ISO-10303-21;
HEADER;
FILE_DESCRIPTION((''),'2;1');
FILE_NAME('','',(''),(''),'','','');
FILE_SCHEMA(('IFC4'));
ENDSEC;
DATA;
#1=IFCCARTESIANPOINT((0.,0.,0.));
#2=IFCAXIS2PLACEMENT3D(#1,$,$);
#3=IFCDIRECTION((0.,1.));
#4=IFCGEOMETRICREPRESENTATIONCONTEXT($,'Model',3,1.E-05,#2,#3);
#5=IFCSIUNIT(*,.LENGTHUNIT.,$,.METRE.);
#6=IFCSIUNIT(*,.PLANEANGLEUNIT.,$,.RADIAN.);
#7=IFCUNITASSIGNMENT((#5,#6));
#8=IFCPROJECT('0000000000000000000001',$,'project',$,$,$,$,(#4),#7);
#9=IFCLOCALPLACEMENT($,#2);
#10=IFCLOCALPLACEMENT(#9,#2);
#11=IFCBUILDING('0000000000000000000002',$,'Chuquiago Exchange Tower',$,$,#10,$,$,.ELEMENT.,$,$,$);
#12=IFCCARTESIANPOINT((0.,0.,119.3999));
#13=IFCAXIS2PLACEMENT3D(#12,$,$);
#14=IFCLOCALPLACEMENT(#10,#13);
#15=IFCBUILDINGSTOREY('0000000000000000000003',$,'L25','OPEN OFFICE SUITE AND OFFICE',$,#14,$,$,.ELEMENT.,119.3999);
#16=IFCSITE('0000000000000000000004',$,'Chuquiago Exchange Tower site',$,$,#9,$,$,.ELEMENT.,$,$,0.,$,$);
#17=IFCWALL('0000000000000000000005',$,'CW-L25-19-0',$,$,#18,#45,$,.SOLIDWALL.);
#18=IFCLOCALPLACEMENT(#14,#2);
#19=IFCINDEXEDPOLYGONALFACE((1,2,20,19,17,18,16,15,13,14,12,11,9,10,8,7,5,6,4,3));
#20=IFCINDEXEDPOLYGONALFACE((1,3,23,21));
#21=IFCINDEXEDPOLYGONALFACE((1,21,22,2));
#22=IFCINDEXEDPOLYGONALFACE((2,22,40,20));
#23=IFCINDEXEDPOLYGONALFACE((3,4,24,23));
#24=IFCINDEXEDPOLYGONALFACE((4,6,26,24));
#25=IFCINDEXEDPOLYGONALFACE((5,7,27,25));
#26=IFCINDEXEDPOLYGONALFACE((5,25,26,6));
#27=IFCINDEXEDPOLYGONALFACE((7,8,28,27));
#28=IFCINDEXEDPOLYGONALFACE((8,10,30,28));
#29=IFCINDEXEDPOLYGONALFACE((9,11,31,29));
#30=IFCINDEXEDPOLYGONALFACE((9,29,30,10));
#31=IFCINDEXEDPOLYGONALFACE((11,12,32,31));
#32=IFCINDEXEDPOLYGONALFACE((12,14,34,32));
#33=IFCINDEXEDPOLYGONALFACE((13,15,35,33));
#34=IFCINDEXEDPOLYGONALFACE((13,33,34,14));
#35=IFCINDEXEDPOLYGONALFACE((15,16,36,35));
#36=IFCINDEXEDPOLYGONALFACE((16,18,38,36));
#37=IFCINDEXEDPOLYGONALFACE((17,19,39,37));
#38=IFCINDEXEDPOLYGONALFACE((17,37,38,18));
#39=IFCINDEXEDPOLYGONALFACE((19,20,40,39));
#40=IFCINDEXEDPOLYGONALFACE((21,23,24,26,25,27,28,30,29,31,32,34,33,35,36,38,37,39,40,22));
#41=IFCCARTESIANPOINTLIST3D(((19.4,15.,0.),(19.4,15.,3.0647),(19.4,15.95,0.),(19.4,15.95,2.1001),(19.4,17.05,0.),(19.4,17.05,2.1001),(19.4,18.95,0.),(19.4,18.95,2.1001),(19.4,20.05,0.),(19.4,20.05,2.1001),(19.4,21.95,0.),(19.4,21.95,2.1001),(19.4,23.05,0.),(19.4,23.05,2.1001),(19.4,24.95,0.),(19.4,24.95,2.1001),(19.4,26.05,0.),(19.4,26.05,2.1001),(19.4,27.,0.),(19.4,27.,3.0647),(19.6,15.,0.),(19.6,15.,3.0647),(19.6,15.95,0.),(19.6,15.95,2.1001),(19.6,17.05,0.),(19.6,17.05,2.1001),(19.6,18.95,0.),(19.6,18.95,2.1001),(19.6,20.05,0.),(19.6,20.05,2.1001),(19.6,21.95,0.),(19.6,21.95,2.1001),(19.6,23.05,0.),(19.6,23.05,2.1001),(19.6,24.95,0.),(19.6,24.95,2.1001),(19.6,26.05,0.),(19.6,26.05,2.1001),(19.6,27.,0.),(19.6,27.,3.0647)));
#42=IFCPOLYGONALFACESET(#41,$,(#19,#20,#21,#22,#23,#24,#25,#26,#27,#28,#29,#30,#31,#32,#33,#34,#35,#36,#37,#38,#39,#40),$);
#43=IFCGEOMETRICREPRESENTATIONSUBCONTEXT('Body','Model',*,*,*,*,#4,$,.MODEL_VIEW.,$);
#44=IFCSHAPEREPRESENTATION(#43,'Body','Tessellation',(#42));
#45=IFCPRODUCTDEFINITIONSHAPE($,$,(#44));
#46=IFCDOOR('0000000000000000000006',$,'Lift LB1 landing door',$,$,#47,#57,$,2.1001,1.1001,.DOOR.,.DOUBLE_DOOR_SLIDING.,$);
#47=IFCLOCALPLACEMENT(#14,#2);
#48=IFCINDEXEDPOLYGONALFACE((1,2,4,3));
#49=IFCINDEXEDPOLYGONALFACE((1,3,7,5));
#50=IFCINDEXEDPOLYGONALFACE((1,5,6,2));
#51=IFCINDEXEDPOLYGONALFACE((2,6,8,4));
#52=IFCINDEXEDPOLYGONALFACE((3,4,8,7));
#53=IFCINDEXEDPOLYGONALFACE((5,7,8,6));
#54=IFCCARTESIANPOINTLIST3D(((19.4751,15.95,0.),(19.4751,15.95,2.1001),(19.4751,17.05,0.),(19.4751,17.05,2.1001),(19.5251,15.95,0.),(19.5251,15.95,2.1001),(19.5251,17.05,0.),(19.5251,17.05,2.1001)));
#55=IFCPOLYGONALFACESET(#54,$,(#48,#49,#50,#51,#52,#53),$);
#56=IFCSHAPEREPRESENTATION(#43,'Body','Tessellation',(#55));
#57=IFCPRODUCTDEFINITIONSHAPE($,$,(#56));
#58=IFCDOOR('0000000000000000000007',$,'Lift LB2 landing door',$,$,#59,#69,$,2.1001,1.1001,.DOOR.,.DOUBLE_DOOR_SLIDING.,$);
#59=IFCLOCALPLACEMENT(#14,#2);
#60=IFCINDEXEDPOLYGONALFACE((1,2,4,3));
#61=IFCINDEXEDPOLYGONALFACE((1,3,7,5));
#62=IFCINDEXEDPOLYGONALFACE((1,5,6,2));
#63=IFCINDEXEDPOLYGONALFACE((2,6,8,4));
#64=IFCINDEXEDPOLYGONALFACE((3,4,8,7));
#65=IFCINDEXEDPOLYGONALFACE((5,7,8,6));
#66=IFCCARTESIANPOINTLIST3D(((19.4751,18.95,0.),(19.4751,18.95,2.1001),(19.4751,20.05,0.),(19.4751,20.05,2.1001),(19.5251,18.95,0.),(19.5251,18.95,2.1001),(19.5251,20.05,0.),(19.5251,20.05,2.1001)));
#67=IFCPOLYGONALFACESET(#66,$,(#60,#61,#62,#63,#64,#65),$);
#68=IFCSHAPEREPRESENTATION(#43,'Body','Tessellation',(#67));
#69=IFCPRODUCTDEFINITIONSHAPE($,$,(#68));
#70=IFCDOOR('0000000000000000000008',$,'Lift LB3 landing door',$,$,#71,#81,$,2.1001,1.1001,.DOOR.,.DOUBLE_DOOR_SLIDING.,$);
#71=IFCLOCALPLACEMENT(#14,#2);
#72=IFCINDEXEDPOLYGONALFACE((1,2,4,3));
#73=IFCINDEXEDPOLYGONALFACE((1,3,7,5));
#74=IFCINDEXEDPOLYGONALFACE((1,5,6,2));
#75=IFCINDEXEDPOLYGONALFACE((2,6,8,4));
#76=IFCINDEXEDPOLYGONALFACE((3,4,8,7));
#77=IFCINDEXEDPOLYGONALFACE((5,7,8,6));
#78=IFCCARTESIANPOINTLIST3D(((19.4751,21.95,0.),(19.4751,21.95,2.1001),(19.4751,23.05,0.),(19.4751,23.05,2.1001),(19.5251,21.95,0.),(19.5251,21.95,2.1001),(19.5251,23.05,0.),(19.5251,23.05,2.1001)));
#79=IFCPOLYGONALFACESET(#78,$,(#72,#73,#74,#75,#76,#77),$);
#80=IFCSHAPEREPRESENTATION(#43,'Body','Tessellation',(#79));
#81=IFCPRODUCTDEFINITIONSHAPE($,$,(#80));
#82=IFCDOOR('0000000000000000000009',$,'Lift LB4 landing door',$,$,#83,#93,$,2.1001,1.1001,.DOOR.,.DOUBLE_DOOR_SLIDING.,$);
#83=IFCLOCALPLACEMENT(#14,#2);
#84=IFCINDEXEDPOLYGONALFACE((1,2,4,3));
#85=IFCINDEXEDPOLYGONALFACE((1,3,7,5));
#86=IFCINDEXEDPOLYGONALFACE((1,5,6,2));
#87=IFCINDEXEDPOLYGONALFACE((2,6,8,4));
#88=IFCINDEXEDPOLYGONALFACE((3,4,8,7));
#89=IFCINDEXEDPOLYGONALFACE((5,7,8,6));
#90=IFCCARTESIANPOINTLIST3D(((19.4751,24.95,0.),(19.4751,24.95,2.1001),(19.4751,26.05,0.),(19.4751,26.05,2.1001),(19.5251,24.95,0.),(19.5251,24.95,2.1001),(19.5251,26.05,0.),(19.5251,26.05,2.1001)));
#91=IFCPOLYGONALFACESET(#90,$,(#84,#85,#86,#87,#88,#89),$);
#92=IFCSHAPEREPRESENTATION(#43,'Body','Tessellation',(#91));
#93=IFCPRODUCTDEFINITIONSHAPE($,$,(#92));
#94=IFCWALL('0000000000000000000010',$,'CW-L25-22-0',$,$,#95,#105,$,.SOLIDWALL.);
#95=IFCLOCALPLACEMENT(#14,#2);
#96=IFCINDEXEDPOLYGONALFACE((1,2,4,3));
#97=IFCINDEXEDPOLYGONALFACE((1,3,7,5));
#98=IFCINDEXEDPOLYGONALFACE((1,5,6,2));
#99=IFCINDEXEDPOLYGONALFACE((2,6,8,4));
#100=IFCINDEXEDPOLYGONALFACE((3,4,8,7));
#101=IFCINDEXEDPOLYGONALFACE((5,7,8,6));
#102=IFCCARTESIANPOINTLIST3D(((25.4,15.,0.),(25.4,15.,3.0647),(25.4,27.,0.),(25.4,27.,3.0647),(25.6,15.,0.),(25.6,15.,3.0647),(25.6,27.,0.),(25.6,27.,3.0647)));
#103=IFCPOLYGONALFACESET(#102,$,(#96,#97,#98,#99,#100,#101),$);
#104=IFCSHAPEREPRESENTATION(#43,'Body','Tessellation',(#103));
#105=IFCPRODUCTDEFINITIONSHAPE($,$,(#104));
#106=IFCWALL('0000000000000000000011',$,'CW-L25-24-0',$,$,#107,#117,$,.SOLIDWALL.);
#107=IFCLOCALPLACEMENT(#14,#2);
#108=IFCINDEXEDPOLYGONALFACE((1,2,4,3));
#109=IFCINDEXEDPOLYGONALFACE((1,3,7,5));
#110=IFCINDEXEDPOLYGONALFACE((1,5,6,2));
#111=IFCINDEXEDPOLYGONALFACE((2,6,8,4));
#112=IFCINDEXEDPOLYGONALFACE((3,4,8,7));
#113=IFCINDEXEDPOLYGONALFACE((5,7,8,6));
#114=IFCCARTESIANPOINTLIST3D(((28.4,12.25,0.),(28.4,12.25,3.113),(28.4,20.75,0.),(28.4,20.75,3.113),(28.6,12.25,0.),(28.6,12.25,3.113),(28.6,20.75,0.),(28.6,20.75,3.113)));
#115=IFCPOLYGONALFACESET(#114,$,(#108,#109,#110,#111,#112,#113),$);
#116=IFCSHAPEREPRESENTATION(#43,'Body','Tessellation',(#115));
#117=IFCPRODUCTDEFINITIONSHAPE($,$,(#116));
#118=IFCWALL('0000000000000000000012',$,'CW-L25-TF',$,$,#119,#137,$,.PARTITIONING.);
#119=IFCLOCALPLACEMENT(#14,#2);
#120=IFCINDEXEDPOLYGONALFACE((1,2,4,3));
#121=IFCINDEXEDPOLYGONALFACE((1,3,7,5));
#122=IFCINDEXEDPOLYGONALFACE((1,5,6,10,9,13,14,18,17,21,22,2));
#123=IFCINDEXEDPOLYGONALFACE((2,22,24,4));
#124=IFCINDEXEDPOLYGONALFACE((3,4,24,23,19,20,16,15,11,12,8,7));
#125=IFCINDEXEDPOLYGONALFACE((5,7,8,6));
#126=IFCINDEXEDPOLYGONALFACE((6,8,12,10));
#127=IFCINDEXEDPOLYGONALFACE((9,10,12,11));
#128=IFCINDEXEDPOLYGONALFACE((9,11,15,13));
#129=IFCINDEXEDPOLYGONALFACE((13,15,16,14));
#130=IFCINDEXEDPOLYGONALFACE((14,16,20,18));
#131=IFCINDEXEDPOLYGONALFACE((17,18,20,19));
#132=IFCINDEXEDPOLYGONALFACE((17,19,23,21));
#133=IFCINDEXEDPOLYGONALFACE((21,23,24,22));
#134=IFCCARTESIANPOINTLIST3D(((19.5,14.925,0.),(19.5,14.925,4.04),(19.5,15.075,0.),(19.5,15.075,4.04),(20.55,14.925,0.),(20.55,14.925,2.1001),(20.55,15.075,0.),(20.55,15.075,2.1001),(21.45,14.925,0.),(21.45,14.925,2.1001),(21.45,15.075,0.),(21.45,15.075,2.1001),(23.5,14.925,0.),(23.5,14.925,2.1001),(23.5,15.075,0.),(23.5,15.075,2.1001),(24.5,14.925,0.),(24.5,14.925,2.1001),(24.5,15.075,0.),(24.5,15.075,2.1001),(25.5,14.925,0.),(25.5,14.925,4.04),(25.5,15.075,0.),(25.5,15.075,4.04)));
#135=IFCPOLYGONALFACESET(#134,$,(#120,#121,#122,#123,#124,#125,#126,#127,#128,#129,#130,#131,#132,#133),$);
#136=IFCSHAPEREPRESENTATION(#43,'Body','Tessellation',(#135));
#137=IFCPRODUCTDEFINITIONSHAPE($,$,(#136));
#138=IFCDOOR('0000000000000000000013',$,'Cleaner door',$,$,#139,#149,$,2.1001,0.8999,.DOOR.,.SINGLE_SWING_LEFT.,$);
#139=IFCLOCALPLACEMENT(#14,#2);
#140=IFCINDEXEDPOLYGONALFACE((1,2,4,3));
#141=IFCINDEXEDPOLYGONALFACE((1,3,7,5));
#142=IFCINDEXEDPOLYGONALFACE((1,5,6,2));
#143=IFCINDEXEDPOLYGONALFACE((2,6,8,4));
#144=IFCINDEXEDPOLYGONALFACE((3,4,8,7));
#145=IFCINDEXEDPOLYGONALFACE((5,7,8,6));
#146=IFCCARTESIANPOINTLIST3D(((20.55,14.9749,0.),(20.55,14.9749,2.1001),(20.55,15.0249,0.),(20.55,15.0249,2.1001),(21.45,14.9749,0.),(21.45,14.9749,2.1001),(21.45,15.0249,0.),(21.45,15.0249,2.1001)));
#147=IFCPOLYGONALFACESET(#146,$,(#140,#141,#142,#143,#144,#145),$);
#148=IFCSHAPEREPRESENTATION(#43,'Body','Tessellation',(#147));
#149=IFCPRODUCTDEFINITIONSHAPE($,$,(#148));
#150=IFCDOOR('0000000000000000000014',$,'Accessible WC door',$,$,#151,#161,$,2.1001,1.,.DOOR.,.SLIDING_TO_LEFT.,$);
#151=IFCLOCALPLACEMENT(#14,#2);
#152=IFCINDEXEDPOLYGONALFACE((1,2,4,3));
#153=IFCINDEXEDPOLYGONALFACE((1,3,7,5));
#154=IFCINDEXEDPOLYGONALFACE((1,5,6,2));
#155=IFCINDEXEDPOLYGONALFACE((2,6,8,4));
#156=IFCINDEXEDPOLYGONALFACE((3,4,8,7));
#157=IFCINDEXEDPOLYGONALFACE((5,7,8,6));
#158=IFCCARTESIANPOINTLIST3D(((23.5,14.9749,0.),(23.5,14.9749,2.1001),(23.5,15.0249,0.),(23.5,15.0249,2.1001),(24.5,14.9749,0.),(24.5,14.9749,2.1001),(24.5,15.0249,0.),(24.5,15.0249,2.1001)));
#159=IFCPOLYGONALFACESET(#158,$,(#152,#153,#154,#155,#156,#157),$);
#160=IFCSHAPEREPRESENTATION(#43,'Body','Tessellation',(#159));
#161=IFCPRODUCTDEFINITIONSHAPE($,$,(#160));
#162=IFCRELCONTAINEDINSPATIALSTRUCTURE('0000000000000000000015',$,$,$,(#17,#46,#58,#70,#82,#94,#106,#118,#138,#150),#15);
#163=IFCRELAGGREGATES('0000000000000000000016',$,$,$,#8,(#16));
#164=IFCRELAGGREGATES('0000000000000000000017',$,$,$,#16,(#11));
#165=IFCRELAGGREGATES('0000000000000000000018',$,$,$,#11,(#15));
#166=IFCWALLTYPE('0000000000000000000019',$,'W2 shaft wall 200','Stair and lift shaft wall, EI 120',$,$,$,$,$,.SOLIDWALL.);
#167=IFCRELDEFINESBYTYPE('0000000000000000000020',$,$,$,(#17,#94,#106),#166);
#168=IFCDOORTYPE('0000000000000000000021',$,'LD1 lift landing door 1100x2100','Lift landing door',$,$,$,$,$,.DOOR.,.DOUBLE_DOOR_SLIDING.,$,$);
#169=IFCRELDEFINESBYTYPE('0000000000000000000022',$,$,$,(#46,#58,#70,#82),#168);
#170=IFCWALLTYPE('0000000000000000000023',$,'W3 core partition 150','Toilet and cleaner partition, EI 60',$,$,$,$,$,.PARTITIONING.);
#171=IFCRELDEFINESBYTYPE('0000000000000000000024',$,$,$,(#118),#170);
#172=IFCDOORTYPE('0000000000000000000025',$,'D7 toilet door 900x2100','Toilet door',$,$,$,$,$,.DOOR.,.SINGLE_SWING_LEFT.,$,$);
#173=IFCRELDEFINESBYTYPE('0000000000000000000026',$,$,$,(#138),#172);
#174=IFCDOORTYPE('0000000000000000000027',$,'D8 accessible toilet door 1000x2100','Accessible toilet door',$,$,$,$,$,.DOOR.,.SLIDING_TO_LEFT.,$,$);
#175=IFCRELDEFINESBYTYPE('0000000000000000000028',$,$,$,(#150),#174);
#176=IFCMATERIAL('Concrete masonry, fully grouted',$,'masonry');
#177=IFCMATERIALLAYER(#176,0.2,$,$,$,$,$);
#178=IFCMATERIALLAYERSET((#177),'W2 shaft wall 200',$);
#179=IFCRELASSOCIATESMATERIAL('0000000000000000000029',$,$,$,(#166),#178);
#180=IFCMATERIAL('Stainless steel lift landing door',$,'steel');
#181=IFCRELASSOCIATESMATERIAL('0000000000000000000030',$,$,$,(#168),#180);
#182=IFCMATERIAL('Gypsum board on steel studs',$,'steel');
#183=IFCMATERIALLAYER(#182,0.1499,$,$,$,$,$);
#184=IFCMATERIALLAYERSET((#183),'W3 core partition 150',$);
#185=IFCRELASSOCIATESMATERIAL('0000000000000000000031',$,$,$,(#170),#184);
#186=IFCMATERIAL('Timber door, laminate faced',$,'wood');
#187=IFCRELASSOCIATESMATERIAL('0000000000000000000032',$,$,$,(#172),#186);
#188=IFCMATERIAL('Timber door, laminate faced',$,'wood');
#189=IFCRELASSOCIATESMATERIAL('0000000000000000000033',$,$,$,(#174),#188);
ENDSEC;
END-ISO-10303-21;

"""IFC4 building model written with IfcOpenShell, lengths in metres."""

from ifc_helpers import new_model, si_unit, direction, frame, frame_2d, origin, place, context, subcontext, project, spatial, rectangle, extrude, material, layer, layer_set, type_object, element, fill, save


model = new_model("IFC4")

# Units and contexts
model_context = context("Model", 3, precision=1e-05, world=origin(), true_north=direction((0.0, 1.0)))
body_context = subcontext(model_context, "Body", "Model", "MODEL_VIEW")
ifc_project = project(units=[si_unit("LENGTHUNIT", "METRE"), si_unit("PLANEANGLEUNIT", "RADIAN")], contexts=[model_context])

# Site, building, storey
site_placement = place(None, origin())
site = spatial("IfcSite", under=ifc_project, at=site_placement, Name="Chuquiago Exchange Tower site", CompositionType="ELEMENT", RefElevation=0.0)
building_placement = place(site_placement, origin())
building = spatial("IfcBuilding", under=site, at=building_placement, Name="Chuquiago Exchange Tower", CompositionType="ELEMENT")
storey_placement = place(building_placement, frame((0.0, 0.0, 119.3999)))
storey = spatial("IfcBuildingStorey", under=building, at=storey_placement, Name="L25", Description="OPEN OFFICE SUITE AND OFFICE", CompositionType="ELEMENT", Elevation=119.3999)

# Shared definitions
ifc_material_1 = material(Name="Concrete masonry, fully grouted", Category="masonry")
ifc_layer_1 = layer(ifc_material_1, 0.2)
ifc_layer_set_1 = layer_set([ifc_layer_1], Name="W2 shaft wall 200")
wall_type_1 = type_object("IfcWallType", Name="W2 shaft wall 200", Description="Stair and lift shaft wall, EI 120", PredefinedType="SOLIDWALL", material=ifc_layer_set_1)

# Wall, openings, doors
wall_1_placement = place(storey_placement, frame((19.5, 15.0, 0.0), z_axis=(0.0, 0.0, 1.0), x_axis=(0.0, 1.0, 0.0)))
wall_1 = element("IfcWall", 1, at=wall_1_placement, inside=storey, type_object=wall_type_1, Name="CW-L25-19-0", PredefinedType="SOLIDWALL", context=body_context, shape_type="SweptSolid", body=[
    extrude(rectangle(XDim=12.0, YDim=0.2, at=frame_2d((6.0, 0.0))), origin(), (0.0, 0.0, 1.0), 3.0647),
])
opening_1_placement = place(wall_1_placement, frame((0.95, 0.0, 0.0)))
opening_1 = element("IfcOpeningElement", 2, at=opening_1_placement, cuts=wall_1, PredefinedType="OPENING", context=body_context, shape_type="SweptSolid", body=[
    extrude(rectangle(XDim=1.1001, YDim=2.1001, at=frame_2d((0.55, 1.05))), frame((0.0, 0.1099, 0.0), z_axis=(0.0, -1.0, 0.0), x_axis=(1.0, 0.0, 0.0)), (0.0, 0.0, 1.0), 0.22),
])
opening_2_placement = place(wall_1_placement, frame((3.95, 0.0, 0.0)))
opening_2 = element("IfcOpeningElement", 3, at=opening_2_placement, cuts=wall_1, PredefinedType="OPENING", context=body_context, shape_type="SweptSolid", body=[
    extrude(rectangle(XDim=1.1001, YDim=2.1001, at=frame_2d((0.55, 1.05))), frame((0.0, 0.1099, 0.0), z_axis=(0.0, -1.0, 0.0), x_axis=(1.0, 0.0, 0.0)), (0.0, 0.0, 1.0), 0.22),
])
opening_3_placement = place(wall_1_placement, frame((6.95, 0.0, 0.0)))
opening_3 = element("IfcOpeningElement", 4, at=opening_3_placement, cuts=wall_1, PredefinedType="OPENING", context=body_context, shape_type="SweptSolid", body=[
    extrude(rectangle(XDim=1.1001, YDim=2.1001, at=frame_2d((0.55, 1.05))), frame((0.0, 0.1099, 0.0), z_axis=(0.0, -1.0, 0.0), x_axis=(1.0, 0.0, 0.0)), (0.0, 0.0, 1.0), 0.22),
])
opening_4_placement = place(wall_1_placement, frame((9.95, 0.0, 0.0)))
opening_4 = element("IfcOpeningElement", 5, at=opening_4_placement, cuts=wall_1, PredefinedType="OPENING", context=body_context, shape_type="SweptSolid", body=[
    extrude(rectangle(XDim=1.1001, YDim=2.1001, at=frame_2d((0.55, 1.05))), frame((0.0, 0.1099, 0.0), z_axis=(0.0, -1.0, 0.0), x_axis=(1.0, 0.0, 0.0)), (0.0, 0.0, 1.0), 0.22),
])
ifc_material_2 = material(Name="Stainless steel lift landing door", Category="steel")
door_type_1 = type_object("IfcDoorType", Name="LD1 lift landing door 1100x2100", Description="Lift landing door", OperationType="DOUBLE_DOOR_SLIDING", PredefinedType="DOOR", material=ifc_material_2)
door_1_placement = place(opening_1_placement, origin())
door_1 = element("IfcDoor", 6, at=door_1_placement, inside=storey, type_object=door_type_1, Name="Lift LB1 landing door", OperationType="DOUBLE_DOOR_SLIDING", OverallHeight=2.1001, OverallWidth=1.1001, PredefinedType="DOOR", context=body_context, shape_type="SweptSolid", body=[
    extrude(rectangle(XDim=1.1001, YDim=2.1001, at=frame_2d((0.55, 1.05))), frame((0.0, 0.0249, 0.0), z_axis=(0.0, -1.0, 0.0), x_axis=(1.0, 0.0, 0.0)), (0.0, 0.0, 1.0), 0.05),
])
fill(opening_1, door_1)
door_2_placement = place(opening_2_placement, origin())
door_2 = element("IfcDoor", 7, at=door_2_placement, inside=storey, type_object=door_type_1, Name="Lift LB2 landing door", OperationType="DOUBLE_DOOR_SLIDING", OverallHeight=2.1001, OverallWidth=1.1001, PredefinedType="DOOR", context=body_context, shape_type="SweptSolid", body=[
    extrude(rectangle(XDim=1.1001, YDim=2.1001, at=frame_2d((0.55, 1.05))), frame((0.0, 0.0249, 0.0), z_axis=(0.0, -1.0, 0.0), x_axis=(1.0, 0.0, 0.0)), (0.0, 0.0, 1.0), 0.05),
])
fill(opening_2, door_2)
door_3_placement = place(opening_3_placement, origin())
door_3 = element("IfcDoor", 8, at=door_3_placement, inside=storey, type_object=door_type_1, Name="Lift LB3 landing door", OperationType="DOUBLE_DOOR_SLIDING", OverallHeight=2.1001, OverallWidth=1.1001, PredefinedType="DOOR", context=body_context, shape_type="SweptSolid", body=[
    extrude(rectangle(XDim=1.1001, YDim=2.1001, at=frame_2d((0.55, 1.05))), frame((0.0, 0.0249, 0.0), z_axis=(0.0, -1.0, 0.0), x_axis=(1.0, 0.0, 0.0)), (0.0, 0.0, 1.0), 0.05),
])
fill(opening_3, door_3)
door_4_placement = place(opening_4_placement, origin())
door_4 = element("IfcDoor", 9, at=door_4_placement, inside=storey, type_object=door_type_1, Name="Lift LB4 landing door", OperationType="DOUBLE_DOOR_SLIDING", OverallHeight=2.1001, OverallWidth=1.1001, PredefinedType="DOOR", context=body_context, shape_type="SweptSolid", body=[
    extrude(rectangle(XDim=1.1001, YDim=2.1001, at=frame_2d((0.55, 1.05))), frame((0.0, 0.0249, 0.0), z_axis=(0.0, -1.0, 0.0), x_axis=(1.0, 0.0, 0.0)), (0.0, 0.0, 1.0), 0.05),
])
fill(opening_4, door_4)

# Walls
wall_2_placement = place(storey_placement, frame((25.5, 15.0, 0.0), z_axis=(0.0, 0.0, 1.0), x_axis=(0.0, 1.0, 0.0)))
element("IfcWall", 10, at=wall_2_placement, inside=storey, type_object=wall_type_1, Name="CW-L25-22-0", PredefinedType="SOLIDWALL", context=body_context, shape_type="SweptSolid", body=[
    extrude(rectangle(XDim=12.0, YDim=0.2, at=frame_2d((6.0, 0.0))), origin(), (0.0, 0.0, 1.0), 3.0647),
])
wall_3_placement = place(storey_placement, frame((28.5, 12.25, 0.0), z_axis=(0.0, 0.0, 1.0), x_axis=(0.0, 1.0, 0.0)))
element("IfcWall", 11, at=wall_3_placement, inside=storey, type_object=wall_type_1, Name="CW-L25-24-0", PredefinedType="SOLIDWALL", context=body_context, shape_type="SweptSolid", body=[
    extrude(rectangle(XDim=8.5, YDim=0.2, at=frame_2d((4.25, 0.0))), origin(), (0.0, 0.0, 1.0), 3.113),
])

# Wall, openings, doors
ifc_material_3 = material(Name="Gypsum board on steel studs", Category="steel")
ifc_layer_2 = layer(ifc_material_3, 0.1499)
ifc_layer_set_2 = layer_set([ifc_layer_2], Name="W3 core partition 150")
wall_type_2 = type_object("IfcWallType", Name="W3 core partition 150", Description="Toilet and cleaner partition, EI 60", PredefinedType="PARTITIONING", material=ifc_layer_set_2)
wall_4_placement = place(storey_placement, frame((19.5, 15.0, 0.0), z_axis=(0.0, 0.0, 1.0), x_axis=(1.0, 0.0, 0.0)))
wall_4 = element("IfcWall", 12, at=wall_4_placement, inside=storey, type_object=wall_type_2, Name="CW-L25-TF", PredefinedType="PARTITIONING", context=body_context, shape_type="SweptSolid", body=[
    extrude(rectangle(XDim=6.0, YDim=0.1499, at=frame_2d((3.0, 0.0))), origin(), (0.0, 0.0, 1.0), 4.04),
])
opening_5_placement = place(wall_4_placement, frame((4.0, 0.0, 0.0)))
opening_5 = element("IfcOpeningElement", 13, at=opening_5_placement, cuts=wall_4, PredefinedType="OPENING", context=body_context, shape_type="SweptSolid", body=[
    extrude(rectangle(XDim=1.0, YDim=2.1001, at=frame_2d((0.5, 1.05))), frame((0.0, 0.085, 0.0), z_axis=(0.0, -1.0, 0.0), x_axis=(1.0, 0.0, 0.0)), (0.0, 0.0, 1.0), 0.1699),
])
opening_6_placement = place(wall_4_placement, frame((1.05, 0.0, 0.0)))
opening_6 = element("IfcOpeningElement", 14, at=opening_6_placement, cuts=wall_4, PredefinedType="OPENING", context=body_context, shape_type="SweptSolid", body=[
    extrude(rectangle(XDim=0.8999, YDim=2.1001, at=frame_2d((0.45, 1.05))), frame((0.0, 0.085, 0.0), z_axis=(0.0, -1.0, 0.0), x_axis=(1.0, 0.0, 0.0)), (0.0, 0.0, 1.0), 0.1699),
])
ifc_material_4 = material(Name="Timber door, laminate faced", Category="wood")
door_type_2 = type_object("IfcDoorType", Name="D7 toilet door 900x2100", Description="Toilet door", OperationType="SINGLE_SWING_LEFT", PredefinedType="DOOR", material=ifc_material_4)
door_5_placement = place(opening_6_placement, origin())
door_5 = element("IfcDoor", 15, at=door_5_placement, inside=storey, type_object=door_type_2, Name="Cleaner door", OperationType="SINGLE_SWING_LEFT", OverallHeight=2.1001, OverallWidth=0.8999, PredefinedType="DOOR", context=body_context, shape_type="SweptSolid", body=[
    extrude(rectangle(XDim=0.8999, YDim=2.1001, at=frame_2d((0.45, 1.05))), frame((0.0, 0.0249, 0.0), z_axis=(0.0, -1.0, 0.0), x_axis=(1.0, 0.0, 0.0)), (0.0, 0.0, 1.0), 0.05),
])
fill(opening_6, door_5)
ifc_material_5 = material(Name="Timber door, laminate faced", Category="wood")
door_type_3 = type_object("IfcDoorType", Name="D8 accessible toilet door 1000x2100", Description="Accessible toilet door", OperationType="SLIDING_TO_LEFT", PredefinedType="DOOR", material=ifc_material_5)
door_6_placement = place(opening_5_placement, origin())
door_6 = element("IfcDoor", 16, at=door_6_placement, inside=storey, type_object=door_type_3, Name="Accessible WC door", OperationType="SLIDING_TO_LEFT", OverallHeight=2.1001, OverallWidth=1.0, PredefinedType="DOOR", context=body_context, shape_type="SweptSolid", body=[
    extrude(rectangle(XDim=1.0, YDim=2.1001, at=frame_2d((0.5, 1.05))), frame((0.0, 0.0249, 0.0), z_axis=(0.0, -1.0, 0.0), x_axis=(1.0, 0.0, 0.0)), (0.0, 0.0, 1.0), 0.05),
])
fill(opening_5, door_6)

save(model, "model.ifc")
